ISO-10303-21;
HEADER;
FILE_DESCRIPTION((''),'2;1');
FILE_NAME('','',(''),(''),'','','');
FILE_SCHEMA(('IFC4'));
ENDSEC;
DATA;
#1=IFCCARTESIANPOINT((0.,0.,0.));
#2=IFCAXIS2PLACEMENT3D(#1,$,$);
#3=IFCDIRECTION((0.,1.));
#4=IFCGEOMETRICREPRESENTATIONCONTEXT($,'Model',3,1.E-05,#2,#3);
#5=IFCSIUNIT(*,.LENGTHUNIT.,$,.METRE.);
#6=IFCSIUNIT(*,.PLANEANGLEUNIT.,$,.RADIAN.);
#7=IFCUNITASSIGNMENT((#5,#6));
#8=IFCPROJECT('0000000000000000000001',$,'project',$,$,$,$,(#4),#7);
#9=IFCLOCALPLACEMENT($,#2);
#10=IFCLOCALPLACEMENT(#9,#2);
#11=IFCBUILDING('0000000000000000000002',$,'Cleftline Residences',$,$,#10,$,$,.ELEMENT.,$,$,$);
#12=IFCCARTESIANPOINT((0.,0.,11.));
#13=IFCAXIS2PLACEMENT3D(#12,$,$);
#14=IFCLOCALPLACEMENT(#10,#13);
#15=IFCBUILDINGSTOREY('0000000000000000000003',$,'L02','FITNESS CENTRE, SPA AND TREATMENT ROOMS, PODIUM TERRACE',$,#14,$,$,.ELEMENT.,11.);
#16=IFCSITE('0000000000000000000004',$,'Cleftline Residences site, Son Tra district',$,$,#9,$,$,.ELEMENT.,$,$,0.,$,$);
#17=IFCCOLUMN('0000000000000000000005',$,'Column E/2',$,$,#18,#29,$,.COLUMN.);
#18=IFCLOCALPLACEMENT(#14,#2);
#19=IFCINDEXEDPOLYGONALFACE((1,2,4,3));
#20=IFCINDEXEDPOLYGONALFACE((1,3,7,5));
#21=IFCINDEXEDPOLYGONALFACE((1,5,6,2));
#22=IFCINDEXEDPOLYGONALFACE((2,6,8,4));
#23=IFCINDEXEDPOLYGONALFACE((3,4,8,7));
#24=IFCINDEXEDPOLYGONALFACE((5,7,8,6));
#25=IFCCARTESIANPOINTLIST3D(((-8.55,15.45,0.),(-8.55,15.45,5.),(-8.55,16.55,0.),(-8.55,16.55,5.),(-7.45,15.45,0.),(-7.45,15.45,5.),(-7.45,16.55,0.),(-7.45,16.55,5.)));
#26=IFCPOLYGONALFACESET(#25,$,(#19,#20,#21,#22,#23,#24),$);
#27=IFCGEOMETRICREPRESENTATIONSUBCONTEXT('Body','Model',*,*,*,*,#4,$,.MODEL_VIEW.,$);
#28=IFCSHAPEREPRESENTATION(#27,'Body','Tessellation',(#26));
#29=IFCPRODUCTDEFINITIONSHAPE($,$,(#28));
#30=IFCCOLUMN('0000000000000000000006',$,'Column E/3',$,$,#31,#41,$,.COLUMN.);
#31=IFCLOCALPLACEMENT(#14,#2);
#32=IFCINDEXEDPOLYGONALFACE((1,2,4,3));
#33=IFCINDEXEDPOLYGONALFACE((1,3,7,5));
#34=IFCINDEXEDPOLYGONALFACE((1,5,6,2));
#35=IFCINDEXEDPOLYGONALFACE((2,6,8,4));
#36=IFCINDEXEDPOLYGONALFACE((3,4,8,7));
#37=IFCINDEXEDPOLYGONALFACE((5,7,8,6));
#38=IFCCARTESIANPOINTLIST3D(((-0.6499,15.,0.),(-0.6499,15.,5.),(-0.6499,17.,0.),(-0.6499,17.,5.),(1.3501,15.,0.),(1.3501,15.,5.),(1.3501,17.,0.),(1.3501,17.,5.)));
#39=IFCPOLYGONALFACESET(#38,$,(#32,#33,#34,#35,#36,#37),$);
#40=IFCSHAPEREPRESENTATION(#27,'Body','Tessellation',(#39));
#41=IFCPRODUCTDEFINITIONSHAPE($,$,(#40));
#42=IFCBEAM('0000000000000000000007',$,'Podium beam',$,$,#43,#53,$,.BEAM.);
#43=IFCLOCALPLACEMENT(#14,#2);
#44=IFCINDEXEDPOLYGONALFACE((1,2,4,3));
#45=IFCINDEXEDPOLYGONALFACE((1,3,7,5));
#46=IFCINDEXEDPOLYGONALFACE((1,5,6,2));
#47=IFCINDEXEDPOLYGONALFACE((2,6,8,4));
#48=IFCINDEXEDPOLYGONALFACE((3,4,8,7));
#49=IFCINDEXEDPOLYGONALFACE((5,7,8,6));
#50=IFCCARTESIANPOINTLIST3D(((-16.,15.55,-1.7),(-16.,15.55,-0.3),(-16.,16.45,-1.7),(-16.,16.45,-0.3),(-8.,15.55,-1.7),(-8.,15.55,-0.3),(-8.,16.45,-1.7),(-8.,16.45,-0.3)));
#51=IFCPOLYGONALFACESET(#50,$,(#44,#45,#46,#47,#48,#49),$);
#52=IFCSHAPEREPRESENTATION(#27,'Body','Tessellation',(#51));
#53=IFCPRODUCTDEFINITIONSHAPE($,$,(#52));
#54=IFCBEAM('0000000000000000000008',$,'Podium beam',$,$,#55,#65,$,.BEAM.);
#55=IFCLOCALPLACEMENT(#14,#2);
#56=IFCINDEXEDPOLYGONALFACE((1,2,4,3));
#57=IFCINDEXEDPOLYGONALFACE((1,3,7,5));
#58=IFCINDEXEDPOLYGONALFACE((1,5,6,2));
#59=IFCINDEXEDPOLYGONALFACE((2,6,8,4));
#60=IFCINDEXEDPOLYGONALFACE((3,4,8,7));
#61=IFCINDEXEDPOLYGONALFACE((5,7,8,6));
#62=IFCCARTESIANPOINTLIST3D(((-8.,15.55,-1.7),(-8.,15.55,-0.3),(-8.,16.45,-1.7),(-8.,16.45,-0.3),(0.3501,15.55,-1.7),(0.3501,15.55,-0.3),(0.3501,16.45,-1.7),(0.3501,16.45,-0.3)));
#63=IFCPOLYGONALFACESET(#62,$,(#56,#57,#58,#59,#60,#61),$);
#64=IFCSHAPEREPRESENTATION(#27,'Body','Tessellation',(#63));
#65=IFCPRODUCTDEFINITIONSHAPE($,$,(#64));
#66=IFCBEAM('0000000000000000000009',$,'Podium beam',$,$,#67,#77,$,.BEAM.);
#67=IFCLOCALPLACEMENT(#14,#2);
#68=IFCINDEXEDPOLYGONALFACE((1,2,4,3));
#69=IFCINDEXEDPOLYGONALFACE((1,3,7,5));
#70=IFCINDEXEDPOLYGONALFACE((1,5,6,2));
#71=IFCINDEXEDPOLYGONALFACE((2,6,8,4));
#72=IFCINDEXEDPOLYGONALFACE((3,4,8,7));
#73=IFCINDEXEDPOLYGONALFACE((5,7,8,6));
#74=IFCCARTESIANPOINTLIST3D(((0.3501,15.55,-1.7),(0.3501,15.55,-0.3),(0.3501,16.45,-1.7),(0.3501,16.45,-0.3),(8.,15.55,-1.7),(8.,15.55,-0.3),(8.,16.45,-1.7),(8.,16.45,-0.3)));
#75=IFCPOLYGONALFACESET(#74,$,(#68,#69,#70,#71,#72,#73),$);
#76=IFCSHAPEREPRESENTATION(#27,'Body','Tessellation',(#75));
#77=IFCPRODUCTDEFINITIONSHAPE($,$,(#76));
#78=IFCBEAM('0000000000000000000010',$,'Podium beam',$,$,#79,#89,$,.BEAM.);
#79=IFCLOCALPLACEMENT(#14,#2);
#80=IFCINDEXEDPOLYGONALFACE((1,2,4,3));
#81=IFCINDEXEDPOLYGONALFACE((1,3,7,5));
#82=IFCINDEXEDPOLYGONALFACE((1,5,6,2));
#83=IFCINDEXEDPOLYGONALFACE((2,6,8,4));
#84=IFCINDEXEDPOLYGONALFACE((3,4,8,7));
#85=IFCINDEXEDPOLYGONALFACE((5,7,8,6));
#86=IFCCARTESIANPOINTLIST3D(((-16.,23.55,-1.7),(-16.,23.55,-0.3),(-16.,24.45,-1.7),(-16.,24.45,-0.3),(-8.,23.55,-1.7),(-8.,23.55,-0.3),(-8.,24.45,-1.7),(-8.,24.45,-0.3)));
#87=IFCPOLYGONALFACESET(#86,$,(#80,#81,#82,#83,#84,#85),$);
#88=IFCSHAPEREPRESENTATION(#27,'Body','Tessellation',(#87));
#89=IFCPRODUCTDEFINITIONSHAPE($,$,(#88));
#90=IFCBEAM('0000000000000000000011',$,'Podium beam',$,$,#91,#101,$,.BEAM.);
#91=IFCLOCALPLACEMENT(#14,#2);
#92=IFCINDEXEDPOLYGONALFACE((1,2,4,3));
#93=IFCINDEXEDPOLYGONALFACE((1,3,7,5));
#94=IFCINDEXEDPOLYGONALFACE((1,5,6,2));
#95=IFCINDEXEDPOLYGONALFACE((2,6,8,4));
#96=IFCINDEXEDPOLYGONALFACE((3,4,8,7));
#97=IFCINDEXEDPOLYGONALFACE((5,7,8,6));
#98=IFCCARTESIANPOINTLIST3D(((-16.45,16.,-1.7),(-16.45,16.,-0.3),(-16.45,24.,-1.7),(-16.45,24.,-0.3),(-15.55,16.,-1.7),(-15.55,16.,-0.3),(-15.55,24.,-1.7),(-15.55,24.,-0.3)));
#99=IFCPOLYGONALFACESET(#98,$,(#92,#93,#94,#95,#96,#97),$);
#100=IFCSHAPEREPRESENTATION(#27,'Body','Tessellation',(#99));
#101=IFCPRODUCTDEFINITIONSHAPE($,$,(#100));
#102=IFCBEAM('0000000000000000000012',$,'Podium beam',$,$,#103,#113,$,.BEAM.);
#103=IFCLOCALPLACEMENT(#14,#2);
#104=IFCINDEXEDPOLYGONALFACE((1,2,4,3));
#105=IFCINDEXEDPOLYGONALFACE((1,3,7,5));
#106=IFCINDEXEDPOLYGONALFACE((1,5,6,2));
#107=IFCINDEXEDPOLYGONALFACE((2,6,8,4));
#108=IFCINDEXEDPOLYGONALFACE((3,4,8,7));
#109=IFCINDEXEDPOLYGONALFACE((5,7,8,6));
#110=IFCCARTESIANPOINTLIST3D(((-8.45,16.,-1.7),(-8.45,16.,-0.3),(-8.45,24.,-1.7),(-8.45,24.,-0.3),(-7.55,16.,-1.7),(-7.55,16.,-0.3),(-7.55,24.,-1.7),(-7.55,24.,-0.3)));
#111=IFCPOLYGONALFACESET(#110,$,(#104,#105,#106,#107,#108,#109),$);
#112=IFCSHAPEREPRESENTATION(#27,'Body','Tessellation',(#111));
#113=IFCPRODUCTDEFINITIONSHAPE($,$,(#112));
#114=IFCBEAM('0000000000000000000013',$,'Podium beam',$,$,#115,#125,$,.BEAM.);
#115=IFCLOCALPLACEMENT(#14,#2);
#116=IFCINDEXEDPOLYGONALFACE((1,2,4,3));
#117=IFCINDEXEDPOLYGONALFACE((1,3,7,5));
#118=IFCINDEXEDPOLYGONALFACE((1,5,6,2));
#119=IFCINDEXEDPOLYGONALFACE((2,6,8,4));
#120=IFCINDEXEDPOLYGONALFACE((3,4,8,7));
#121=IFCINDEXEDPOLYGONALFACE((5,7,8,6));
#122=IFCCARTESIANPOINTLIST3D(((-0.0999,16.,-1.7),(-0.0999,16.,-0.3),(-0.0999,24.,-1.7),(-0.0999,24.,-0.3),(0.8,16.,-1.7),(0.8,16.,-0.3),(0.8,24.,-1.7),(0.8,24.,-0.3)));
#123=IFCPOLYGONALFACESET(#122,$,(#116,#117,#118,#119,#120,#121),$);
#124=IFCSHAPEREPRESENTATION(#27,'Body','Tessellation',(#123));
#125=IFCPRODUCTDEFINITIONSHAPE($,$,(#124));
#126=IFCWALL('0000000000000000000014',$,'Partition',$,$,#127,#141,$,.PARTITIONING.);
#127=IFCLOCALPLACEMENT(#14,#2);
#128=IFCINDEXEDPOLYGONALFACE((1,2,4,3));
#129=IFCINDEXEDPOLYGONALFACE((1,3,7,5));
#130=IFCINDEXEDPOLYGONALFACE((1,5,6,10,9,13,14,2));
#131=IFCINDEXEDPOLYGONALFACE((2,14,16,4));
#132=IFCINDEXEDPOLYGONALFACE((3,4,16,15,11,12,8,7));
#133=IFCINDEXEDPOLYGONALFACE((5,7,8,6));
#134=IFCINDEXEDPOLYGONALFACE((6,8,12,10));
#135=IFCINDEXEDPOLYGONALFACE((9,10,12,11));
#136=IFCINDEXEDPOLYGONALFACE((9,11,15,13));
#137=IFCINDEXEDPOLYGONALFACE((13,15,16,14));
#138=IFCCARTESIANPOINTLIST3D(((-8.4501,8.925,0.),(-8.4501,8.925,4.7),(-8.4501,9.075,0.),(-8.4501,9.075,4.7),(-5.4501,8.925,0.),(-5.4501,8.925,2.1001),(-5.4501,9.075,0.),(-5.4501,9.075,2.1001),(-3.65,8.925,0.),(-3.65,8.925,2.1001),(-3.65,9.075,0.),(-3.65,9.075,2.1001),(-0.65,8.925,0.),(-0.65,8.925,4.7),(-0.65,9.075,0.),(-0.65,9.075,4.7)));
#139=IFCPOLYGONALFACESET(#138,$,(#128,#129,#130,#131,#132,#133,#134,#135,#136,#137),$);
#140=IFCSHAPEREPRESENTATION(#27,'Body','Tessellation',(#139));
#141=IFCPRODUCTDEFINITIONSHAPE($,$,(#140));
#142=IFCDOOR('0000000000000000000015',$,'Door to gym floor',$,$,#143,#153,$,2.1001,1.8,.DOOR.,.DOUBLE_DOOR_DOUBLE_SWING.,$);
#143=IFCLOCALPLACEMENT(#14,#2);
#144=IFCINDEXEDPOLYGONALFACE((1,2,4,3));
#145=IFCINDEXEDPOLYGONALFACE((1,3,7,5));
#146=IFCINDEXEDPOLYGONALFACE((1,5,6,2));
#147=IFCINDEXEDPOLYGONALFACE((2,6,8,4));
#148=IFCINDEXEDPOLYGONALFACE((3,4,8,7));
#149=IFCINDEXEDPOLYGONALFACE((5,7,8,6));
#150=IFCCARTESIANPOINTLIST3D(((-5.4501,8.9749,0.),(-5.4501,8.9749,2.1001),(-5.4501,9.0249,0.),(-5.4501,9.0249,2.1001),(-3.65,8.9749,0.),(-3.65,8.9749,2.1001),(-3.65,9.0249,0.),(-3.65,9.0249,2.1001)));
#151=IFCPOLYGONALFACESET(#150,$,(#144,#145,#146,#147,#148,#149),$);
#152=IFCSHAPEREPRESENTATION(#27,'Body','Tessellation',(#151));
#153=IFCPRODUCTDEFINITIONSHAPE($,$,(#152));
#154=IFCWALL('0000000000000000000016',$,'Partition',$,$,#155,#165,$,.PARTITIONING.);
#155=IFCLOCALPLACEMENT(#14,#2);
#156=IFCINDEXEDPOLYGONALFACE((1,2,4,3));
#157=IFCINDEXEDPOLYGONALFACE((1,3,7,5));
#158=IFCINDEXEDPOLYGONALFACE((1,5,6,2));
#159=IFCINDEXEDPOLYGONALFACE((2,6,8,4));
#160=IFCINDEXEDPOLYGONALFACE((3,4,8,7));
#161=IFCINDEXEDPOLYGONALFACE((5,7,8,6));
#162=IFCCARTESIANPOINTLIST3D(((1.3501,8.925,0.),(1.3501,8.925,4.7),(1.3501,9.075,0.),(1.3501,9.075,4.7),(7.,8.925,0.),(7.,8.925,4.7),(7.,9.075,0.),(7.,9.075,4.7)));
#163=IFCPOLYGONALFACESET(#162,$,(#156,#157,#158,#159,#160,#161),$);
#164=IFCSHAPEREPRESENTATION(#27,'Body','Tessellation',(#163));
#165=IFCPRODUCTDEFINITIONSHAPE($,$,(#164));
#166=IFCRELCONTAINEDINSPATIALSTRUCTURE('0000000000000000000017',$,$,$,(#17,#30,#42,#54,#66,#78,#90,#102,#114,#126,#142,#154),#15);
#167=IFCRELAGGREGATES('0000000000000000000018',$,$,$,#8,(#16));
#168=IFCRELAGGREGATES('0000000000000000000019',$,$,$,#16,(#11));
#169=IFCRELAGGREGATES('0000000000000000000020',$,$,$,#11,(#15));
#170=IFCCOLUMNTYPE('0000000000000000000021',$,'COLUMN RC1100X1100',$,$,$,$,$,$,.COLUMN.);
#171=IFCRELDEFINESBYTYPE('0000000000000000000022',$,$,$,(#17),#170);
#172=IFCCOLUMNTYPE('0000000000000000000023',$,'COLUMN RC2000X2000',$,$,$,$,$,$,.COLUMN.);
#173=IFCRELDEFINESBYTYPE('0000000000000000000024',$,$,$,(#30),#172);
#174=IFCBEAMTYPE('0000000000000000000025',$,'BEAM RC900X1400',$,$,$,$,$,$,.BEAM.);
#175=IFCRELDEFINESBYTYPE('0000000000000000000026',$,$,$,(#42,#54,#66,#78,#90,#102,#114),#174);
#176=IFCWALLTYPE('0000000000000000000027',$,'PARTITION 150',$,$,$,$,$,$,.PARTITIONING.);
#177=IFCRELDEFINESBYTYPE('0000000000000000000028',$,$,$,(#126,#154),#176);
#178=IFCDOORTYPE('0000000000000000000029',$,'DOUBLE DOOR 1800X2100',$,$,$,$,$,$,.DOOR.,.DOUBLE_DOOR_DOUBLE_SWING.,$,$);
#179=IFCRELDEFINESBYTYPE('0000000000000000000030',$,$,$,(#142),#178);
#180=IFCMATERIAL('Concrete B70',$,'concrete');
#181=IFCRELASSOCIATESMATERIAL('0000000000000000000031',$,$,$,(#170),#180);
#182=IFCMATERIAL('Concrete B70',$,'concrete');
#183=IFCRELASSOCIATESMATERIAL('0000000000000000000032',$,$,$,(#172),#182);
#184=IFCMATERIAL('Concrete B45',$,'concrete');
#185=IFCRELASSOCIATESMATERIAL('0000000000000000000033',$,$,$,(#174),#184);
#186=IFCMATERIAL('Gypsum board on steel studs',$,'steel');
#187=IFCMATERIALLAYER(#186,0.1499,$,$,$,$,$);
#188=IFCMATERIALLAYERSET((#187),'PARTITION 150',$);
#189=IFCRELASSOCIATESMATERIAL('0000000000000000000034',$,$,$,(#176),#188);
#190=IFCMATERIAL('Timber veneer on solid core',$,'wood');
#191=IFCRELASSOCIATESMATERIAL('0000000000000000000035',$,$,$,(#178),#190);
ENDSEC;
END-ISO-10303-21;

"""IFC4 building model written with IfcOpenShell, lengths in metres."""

from ifc_helpers import new_model, si_unit, direction, frame, frame_2d, origin, origin_2d, place, context, subcontext, project, spatial, rectangle, extrude, material, layer, layer_set, material_profile, profile_set, type_object, element, fill, save


model = new_model("IFC4")

# Units and contexts
model_context = context("Model", 3, precision=1e-05, world=origin(), true_north=direction((0.0, 1.0)))
body_context = subcontext(model_context, "Body", "Model", "MODEL_VIEW")
ifc_project = project(units=[si_unit("LENGTHUNIT", "METRE"), si_unit("PLANEANGLEUNIT", "RADIAN")], contexts=[model_context])

# Site, building, storey
site_placement = place(None, origin())
site = spatial("IfcSite", under=ifc_project, at=site_placement, Name="Cleftline Residences site, Son Tra district", CompositionType="ELEMENT", RefElevation=0.0)
building_placement = place(site_placement, origin())
building = spatial("IfcBuilding", under=site, at=building_placement, Name="Cleftline Residences", CompositionType="ELEMENT")
storey_placement = place(building_placement, frame((0.0, 0.0, 11.0)))
storey = spatial("IfcBuildingStorey", under=building, at=storey_placement, Name="L02", Description="FITNESS CENTRE, SPA AND TREATMENT ROOMS, PODIUM TERRACE", CompositionType="ELEMENT", Elevation=11.0)

# Columns
ifc_material_1 = material(Name="Concrete B70", Category="concrete")
ifc_material_profile_1 = material_profile(ifc_material_1, rectangle(XDim=1.1001, YDim=1.1001, at=origin_2d()))
ifc_profile_set_1 = profile_set([ifc_material_profile_1], Name="Concrete B70")
column_type_1 = type_object("IfcColumnType", Name="COLUMN RC1100X1100", PredefinedType="COLUMN", material=ifc_profile_set_1)
column_1_placement = place(storey_placement, frame((-8.0, 16.0, 0.0), z_axis=(0.0, 0.0, 1.0), x_axis=(1.0, 0.0, 0.0)))
element("IfcColumn", 1, at=column_1_placement, inside=storey, type_object=column_type_1, Name="Column E/2", PredefinedType="COLUMN", context=body_context, shape_type="SweptSolid", body=[
    extrude(rectangle(XDim=1.1001, YDim=1.1001, at=origin_2d()), origin(), (0.0, 0.0, 1.0), 5.0),
])
ifc_material_2 = material(Name="Concrete B70", Category="concrete")
ifc_material_profile_2 = material_profile(ifc_material_2, rectangle(XDim=2.0, YDim=2.0, at=origin_2d()))
ifc_profile_set_2 = profile_set([ifc_material_profile_2], Name="Concrete B70")
column_type_2 = type_object("IfcColumnType", Name="COLUMN RC2000X2000", PredefinedType="COLUMN", material=ifc_profile_set_2)
column_2_placement = place(storey_placement, frame((0.3501, 16.0, 0.0), z_axis=(0.0, 0.0, 1.0), x_axis=(1.0, 0.0, 0.0)))
element("IfcColumn", 2, at=column_2_placement, inside=storey, type_object=column_type_2, Name="Column E/3", PredefinedType="COLUMN", context=body_context, shape_type="SweptSolid", body=[
    extrude(rectangle(XDim=2.0, YDim=2.0, at=origin_2d()), origin(), (0.0, 0.0, 1.0), 5.0),
])

# Beams
ifc_material_3 = material(Name="Concrete B45", Category="concrete")
ifc_material_profile_3 = material_profile(ifc_material_3, rectangle(XDim=0.8999, YDim=1.3999, at=origin_2d()))
ifc_profile_set_3 = profile_set([ifc_material_profile_3], Name="Concrete B45")
beam_type = type_object("IfcBeamType", Name="BEAM RC900X1400", PredefinedType="BEAM", material=ifc_profile_set_3)
beam_1_placement = place(storey_placement, frame((-16.0, 16.0, -1.0), z_axis=(1.0, 0.0, 0.0), x_axis=(0.0, 1.0, 0.0)))
element("IfcBeam", 3, at=beam_1_placement, inside=storey, type_object=beam_type, Name="Podium beam", PredefinedType="BEAM", context=body_context, shape_type="SweptSolid", body=[
    extrude(rectangle(XDim=0.8999, YDim=1.3999, at=origin_2d()), origin(), (0.0, 0.0, 1.0), 8.0),
])
beam_2_placement = place(storey_placement, frame((-8.0, 16.0, -1.0), z_axis=(1.0, 0.0, 0.0), x_axis=(0.0, 1.0, 0.0)))
element("IfcBeam", 4, at=beam_2_placement, inside=storey, type_object=beam_type, Name="Podium beam", PredefinedType="BEAM", context=body_context, shape_type="SweptSolid", body=[
    extrude(rectangle(XDim=0.8999, YDim=1.3999, at=origin_2d()), origin(), (0.0, 0.0, 1.0), 8.3501),
])
beam_3_placement = place(storey_placement, frame((0.3501, 16.0, -1.0), z_axis=(1.0, 0.0, 0.0), x_axis=(0.0, 1.0, 0.0)))
element("IfcBeam", 5, at=beam_3_placement, inside=storey, type_object=beam_type, Name="Podium beam", PredefinedType="BEAM", context=body_context, shape_type="SweptSolid", body=[
    extrude(rectangle(XDim=0.8999, YDim=1.3999, at=origin_2d()), origin(), (0.0, 0.0, 1.0), 7.6499),
])
for number, where, z_axis, x_axis, name in (
    (6, (-16.0, 24.0, -1.0), (1.0, 0.0, 0.0), (0.0, 1.0, 0.0), "Podium beam"),
    (7, (-16.0, 16.0, -1.0), (0.0, 1.0, 0.0), (-1.0, 0.0, 0.0), "Podium beam"),
    (8, (-8.0, 16.0, -1.0), (0.0, 1.0, 0.0), (-1.0, 0.0, 0.0), "Podium beam"),
    (9, (0.3501, 16.0, -1.0), (0.0, 1.0, 0.0), (-1.0, 0.0, 0.0), "Podium beam"),
):
    element("IfcBeam", number, at=place(storey_placement, frame(where, z_axis=z_axis, x_axis=x_axis)), inside=storey, type_object=beam_type, Name=name, PredefinedType="BEAM", context=body_context, shape_type="SweptSolid", body=[
        extrude(rectangle(XDim=0.8999, YDim=1.3999, at=origin_2d()), origin(), (0.0, 0.0, 1.0), 8.0),
    ])

# Wall, opening, door
ifc_material_4 = material(Name="Gypsum board on steel studs", Category="steel")
ifc_layer_1 = layer(ifc_material_4, 0.1499)
ifc_layer_set_1 = layer_set([ifc_layer_1], Name="PARTITION 150")
wall_type_1 = type_object("IfcWallType", Name="PARTITION 150", PredefinedType="PARTITIONING", material=ifc_layer_set_1)
wall_1_placement = place(storey_placement, frame((-8.45, 9.0, 0.0), z_axis=(0.0, 0.0, 1.0), x_axis=(1.0, 0.0, 0.0)))
wall_1 = element("IfcWall", 10, at=wall_1_placement, inside=storey, type_object=wall_type_1, Name="Partition", PredefinedType="PARTITIONING", context=body_context, shape_type="SweptSolid", body=[
    extrude(rectangle(XDim=7.8, YDim=0.1499, at=frame_2d((3.8999, 0.0))), origin(), (0.0, 0.0, 1.0), 4.7),
])
opening_1_placement = place(wall_1_placement, frame((3.0, 0.0, 0.0)))
opening_1 = element("IfcOpeningElement", 11, at=opening_1_placement, cuts=wall_1, PredefinedType="OPENING", context=body_context, shape_type="SweptSolid", body=[
    extrude(rectangle(XDim=1.8, YDim=2.1001, at=frame_2d((0.8999, 1.05))), frame((0.0, 0.085, 0.0), z_axis=(0.0, -1.0, 0.0), x_axis=(1.0, 0.0, 0.0)), (0.0, 0.0, 1.0), 0.1699),
])
ifc_material_5 = material(Name="Timber veneer on solid core", Category="wood")
door_type_1 = type_object("IfcDoorType", Name="DOUBLE DOOR 1800X2100", OperationType="DOUBLE_DOOR_DOUBLE_SWING", PredefinedType="DOOR", material=ifc_material_5)
door_1_placement = place(opening_1_placement, origin())
door_1 = element("IfcDoor", 12, at=door_1_placement, inside=storey, type_object=door_type_1, Name="Door to gym floor", OperationType="DOUBLE_DOOR_DOUBLE_SWING", OverallHeight=2.1001, OverallWidth=1.8, PredefinedType="DOOR", context=body_context, shape_type="SweptSolid", body=[
    extrude(rectangle(XDim=1.8, YDim=2.1001, at=frame_2d((0.8999, 1.05))), frame((0.0, 0.0249, 0.0), z_axis=(0.0, -1.0, 0.0), x_axis=(1.0, 0.0, 0.0)), (0.0, 0.0, 1.0), 0.05),
])
fill(opening_1, door_1)

# Wall
wall_2_placement = place(storey_placement, frame((1.3501, 9.0, 0.0), z_axis=(0.0, 0.0, 1.0), x_axis=(1.0, 0.0, 0.0)))
element("IfcWall", 13, at=wall_2_placement, inside=storey, type_object=wall_type_1, Name="Partition", PredefinedType="PARTITIONING", context=body_context, shape_type="SweptSolid", body=[
    extrude(rectangle(XDim=5.6499, YDim=0.1499, at=frame_2d((2.825, 0.0))), origin(), (0.0, 0.0, 1.0), 4.7),
])

save(model, "model.ifc")
